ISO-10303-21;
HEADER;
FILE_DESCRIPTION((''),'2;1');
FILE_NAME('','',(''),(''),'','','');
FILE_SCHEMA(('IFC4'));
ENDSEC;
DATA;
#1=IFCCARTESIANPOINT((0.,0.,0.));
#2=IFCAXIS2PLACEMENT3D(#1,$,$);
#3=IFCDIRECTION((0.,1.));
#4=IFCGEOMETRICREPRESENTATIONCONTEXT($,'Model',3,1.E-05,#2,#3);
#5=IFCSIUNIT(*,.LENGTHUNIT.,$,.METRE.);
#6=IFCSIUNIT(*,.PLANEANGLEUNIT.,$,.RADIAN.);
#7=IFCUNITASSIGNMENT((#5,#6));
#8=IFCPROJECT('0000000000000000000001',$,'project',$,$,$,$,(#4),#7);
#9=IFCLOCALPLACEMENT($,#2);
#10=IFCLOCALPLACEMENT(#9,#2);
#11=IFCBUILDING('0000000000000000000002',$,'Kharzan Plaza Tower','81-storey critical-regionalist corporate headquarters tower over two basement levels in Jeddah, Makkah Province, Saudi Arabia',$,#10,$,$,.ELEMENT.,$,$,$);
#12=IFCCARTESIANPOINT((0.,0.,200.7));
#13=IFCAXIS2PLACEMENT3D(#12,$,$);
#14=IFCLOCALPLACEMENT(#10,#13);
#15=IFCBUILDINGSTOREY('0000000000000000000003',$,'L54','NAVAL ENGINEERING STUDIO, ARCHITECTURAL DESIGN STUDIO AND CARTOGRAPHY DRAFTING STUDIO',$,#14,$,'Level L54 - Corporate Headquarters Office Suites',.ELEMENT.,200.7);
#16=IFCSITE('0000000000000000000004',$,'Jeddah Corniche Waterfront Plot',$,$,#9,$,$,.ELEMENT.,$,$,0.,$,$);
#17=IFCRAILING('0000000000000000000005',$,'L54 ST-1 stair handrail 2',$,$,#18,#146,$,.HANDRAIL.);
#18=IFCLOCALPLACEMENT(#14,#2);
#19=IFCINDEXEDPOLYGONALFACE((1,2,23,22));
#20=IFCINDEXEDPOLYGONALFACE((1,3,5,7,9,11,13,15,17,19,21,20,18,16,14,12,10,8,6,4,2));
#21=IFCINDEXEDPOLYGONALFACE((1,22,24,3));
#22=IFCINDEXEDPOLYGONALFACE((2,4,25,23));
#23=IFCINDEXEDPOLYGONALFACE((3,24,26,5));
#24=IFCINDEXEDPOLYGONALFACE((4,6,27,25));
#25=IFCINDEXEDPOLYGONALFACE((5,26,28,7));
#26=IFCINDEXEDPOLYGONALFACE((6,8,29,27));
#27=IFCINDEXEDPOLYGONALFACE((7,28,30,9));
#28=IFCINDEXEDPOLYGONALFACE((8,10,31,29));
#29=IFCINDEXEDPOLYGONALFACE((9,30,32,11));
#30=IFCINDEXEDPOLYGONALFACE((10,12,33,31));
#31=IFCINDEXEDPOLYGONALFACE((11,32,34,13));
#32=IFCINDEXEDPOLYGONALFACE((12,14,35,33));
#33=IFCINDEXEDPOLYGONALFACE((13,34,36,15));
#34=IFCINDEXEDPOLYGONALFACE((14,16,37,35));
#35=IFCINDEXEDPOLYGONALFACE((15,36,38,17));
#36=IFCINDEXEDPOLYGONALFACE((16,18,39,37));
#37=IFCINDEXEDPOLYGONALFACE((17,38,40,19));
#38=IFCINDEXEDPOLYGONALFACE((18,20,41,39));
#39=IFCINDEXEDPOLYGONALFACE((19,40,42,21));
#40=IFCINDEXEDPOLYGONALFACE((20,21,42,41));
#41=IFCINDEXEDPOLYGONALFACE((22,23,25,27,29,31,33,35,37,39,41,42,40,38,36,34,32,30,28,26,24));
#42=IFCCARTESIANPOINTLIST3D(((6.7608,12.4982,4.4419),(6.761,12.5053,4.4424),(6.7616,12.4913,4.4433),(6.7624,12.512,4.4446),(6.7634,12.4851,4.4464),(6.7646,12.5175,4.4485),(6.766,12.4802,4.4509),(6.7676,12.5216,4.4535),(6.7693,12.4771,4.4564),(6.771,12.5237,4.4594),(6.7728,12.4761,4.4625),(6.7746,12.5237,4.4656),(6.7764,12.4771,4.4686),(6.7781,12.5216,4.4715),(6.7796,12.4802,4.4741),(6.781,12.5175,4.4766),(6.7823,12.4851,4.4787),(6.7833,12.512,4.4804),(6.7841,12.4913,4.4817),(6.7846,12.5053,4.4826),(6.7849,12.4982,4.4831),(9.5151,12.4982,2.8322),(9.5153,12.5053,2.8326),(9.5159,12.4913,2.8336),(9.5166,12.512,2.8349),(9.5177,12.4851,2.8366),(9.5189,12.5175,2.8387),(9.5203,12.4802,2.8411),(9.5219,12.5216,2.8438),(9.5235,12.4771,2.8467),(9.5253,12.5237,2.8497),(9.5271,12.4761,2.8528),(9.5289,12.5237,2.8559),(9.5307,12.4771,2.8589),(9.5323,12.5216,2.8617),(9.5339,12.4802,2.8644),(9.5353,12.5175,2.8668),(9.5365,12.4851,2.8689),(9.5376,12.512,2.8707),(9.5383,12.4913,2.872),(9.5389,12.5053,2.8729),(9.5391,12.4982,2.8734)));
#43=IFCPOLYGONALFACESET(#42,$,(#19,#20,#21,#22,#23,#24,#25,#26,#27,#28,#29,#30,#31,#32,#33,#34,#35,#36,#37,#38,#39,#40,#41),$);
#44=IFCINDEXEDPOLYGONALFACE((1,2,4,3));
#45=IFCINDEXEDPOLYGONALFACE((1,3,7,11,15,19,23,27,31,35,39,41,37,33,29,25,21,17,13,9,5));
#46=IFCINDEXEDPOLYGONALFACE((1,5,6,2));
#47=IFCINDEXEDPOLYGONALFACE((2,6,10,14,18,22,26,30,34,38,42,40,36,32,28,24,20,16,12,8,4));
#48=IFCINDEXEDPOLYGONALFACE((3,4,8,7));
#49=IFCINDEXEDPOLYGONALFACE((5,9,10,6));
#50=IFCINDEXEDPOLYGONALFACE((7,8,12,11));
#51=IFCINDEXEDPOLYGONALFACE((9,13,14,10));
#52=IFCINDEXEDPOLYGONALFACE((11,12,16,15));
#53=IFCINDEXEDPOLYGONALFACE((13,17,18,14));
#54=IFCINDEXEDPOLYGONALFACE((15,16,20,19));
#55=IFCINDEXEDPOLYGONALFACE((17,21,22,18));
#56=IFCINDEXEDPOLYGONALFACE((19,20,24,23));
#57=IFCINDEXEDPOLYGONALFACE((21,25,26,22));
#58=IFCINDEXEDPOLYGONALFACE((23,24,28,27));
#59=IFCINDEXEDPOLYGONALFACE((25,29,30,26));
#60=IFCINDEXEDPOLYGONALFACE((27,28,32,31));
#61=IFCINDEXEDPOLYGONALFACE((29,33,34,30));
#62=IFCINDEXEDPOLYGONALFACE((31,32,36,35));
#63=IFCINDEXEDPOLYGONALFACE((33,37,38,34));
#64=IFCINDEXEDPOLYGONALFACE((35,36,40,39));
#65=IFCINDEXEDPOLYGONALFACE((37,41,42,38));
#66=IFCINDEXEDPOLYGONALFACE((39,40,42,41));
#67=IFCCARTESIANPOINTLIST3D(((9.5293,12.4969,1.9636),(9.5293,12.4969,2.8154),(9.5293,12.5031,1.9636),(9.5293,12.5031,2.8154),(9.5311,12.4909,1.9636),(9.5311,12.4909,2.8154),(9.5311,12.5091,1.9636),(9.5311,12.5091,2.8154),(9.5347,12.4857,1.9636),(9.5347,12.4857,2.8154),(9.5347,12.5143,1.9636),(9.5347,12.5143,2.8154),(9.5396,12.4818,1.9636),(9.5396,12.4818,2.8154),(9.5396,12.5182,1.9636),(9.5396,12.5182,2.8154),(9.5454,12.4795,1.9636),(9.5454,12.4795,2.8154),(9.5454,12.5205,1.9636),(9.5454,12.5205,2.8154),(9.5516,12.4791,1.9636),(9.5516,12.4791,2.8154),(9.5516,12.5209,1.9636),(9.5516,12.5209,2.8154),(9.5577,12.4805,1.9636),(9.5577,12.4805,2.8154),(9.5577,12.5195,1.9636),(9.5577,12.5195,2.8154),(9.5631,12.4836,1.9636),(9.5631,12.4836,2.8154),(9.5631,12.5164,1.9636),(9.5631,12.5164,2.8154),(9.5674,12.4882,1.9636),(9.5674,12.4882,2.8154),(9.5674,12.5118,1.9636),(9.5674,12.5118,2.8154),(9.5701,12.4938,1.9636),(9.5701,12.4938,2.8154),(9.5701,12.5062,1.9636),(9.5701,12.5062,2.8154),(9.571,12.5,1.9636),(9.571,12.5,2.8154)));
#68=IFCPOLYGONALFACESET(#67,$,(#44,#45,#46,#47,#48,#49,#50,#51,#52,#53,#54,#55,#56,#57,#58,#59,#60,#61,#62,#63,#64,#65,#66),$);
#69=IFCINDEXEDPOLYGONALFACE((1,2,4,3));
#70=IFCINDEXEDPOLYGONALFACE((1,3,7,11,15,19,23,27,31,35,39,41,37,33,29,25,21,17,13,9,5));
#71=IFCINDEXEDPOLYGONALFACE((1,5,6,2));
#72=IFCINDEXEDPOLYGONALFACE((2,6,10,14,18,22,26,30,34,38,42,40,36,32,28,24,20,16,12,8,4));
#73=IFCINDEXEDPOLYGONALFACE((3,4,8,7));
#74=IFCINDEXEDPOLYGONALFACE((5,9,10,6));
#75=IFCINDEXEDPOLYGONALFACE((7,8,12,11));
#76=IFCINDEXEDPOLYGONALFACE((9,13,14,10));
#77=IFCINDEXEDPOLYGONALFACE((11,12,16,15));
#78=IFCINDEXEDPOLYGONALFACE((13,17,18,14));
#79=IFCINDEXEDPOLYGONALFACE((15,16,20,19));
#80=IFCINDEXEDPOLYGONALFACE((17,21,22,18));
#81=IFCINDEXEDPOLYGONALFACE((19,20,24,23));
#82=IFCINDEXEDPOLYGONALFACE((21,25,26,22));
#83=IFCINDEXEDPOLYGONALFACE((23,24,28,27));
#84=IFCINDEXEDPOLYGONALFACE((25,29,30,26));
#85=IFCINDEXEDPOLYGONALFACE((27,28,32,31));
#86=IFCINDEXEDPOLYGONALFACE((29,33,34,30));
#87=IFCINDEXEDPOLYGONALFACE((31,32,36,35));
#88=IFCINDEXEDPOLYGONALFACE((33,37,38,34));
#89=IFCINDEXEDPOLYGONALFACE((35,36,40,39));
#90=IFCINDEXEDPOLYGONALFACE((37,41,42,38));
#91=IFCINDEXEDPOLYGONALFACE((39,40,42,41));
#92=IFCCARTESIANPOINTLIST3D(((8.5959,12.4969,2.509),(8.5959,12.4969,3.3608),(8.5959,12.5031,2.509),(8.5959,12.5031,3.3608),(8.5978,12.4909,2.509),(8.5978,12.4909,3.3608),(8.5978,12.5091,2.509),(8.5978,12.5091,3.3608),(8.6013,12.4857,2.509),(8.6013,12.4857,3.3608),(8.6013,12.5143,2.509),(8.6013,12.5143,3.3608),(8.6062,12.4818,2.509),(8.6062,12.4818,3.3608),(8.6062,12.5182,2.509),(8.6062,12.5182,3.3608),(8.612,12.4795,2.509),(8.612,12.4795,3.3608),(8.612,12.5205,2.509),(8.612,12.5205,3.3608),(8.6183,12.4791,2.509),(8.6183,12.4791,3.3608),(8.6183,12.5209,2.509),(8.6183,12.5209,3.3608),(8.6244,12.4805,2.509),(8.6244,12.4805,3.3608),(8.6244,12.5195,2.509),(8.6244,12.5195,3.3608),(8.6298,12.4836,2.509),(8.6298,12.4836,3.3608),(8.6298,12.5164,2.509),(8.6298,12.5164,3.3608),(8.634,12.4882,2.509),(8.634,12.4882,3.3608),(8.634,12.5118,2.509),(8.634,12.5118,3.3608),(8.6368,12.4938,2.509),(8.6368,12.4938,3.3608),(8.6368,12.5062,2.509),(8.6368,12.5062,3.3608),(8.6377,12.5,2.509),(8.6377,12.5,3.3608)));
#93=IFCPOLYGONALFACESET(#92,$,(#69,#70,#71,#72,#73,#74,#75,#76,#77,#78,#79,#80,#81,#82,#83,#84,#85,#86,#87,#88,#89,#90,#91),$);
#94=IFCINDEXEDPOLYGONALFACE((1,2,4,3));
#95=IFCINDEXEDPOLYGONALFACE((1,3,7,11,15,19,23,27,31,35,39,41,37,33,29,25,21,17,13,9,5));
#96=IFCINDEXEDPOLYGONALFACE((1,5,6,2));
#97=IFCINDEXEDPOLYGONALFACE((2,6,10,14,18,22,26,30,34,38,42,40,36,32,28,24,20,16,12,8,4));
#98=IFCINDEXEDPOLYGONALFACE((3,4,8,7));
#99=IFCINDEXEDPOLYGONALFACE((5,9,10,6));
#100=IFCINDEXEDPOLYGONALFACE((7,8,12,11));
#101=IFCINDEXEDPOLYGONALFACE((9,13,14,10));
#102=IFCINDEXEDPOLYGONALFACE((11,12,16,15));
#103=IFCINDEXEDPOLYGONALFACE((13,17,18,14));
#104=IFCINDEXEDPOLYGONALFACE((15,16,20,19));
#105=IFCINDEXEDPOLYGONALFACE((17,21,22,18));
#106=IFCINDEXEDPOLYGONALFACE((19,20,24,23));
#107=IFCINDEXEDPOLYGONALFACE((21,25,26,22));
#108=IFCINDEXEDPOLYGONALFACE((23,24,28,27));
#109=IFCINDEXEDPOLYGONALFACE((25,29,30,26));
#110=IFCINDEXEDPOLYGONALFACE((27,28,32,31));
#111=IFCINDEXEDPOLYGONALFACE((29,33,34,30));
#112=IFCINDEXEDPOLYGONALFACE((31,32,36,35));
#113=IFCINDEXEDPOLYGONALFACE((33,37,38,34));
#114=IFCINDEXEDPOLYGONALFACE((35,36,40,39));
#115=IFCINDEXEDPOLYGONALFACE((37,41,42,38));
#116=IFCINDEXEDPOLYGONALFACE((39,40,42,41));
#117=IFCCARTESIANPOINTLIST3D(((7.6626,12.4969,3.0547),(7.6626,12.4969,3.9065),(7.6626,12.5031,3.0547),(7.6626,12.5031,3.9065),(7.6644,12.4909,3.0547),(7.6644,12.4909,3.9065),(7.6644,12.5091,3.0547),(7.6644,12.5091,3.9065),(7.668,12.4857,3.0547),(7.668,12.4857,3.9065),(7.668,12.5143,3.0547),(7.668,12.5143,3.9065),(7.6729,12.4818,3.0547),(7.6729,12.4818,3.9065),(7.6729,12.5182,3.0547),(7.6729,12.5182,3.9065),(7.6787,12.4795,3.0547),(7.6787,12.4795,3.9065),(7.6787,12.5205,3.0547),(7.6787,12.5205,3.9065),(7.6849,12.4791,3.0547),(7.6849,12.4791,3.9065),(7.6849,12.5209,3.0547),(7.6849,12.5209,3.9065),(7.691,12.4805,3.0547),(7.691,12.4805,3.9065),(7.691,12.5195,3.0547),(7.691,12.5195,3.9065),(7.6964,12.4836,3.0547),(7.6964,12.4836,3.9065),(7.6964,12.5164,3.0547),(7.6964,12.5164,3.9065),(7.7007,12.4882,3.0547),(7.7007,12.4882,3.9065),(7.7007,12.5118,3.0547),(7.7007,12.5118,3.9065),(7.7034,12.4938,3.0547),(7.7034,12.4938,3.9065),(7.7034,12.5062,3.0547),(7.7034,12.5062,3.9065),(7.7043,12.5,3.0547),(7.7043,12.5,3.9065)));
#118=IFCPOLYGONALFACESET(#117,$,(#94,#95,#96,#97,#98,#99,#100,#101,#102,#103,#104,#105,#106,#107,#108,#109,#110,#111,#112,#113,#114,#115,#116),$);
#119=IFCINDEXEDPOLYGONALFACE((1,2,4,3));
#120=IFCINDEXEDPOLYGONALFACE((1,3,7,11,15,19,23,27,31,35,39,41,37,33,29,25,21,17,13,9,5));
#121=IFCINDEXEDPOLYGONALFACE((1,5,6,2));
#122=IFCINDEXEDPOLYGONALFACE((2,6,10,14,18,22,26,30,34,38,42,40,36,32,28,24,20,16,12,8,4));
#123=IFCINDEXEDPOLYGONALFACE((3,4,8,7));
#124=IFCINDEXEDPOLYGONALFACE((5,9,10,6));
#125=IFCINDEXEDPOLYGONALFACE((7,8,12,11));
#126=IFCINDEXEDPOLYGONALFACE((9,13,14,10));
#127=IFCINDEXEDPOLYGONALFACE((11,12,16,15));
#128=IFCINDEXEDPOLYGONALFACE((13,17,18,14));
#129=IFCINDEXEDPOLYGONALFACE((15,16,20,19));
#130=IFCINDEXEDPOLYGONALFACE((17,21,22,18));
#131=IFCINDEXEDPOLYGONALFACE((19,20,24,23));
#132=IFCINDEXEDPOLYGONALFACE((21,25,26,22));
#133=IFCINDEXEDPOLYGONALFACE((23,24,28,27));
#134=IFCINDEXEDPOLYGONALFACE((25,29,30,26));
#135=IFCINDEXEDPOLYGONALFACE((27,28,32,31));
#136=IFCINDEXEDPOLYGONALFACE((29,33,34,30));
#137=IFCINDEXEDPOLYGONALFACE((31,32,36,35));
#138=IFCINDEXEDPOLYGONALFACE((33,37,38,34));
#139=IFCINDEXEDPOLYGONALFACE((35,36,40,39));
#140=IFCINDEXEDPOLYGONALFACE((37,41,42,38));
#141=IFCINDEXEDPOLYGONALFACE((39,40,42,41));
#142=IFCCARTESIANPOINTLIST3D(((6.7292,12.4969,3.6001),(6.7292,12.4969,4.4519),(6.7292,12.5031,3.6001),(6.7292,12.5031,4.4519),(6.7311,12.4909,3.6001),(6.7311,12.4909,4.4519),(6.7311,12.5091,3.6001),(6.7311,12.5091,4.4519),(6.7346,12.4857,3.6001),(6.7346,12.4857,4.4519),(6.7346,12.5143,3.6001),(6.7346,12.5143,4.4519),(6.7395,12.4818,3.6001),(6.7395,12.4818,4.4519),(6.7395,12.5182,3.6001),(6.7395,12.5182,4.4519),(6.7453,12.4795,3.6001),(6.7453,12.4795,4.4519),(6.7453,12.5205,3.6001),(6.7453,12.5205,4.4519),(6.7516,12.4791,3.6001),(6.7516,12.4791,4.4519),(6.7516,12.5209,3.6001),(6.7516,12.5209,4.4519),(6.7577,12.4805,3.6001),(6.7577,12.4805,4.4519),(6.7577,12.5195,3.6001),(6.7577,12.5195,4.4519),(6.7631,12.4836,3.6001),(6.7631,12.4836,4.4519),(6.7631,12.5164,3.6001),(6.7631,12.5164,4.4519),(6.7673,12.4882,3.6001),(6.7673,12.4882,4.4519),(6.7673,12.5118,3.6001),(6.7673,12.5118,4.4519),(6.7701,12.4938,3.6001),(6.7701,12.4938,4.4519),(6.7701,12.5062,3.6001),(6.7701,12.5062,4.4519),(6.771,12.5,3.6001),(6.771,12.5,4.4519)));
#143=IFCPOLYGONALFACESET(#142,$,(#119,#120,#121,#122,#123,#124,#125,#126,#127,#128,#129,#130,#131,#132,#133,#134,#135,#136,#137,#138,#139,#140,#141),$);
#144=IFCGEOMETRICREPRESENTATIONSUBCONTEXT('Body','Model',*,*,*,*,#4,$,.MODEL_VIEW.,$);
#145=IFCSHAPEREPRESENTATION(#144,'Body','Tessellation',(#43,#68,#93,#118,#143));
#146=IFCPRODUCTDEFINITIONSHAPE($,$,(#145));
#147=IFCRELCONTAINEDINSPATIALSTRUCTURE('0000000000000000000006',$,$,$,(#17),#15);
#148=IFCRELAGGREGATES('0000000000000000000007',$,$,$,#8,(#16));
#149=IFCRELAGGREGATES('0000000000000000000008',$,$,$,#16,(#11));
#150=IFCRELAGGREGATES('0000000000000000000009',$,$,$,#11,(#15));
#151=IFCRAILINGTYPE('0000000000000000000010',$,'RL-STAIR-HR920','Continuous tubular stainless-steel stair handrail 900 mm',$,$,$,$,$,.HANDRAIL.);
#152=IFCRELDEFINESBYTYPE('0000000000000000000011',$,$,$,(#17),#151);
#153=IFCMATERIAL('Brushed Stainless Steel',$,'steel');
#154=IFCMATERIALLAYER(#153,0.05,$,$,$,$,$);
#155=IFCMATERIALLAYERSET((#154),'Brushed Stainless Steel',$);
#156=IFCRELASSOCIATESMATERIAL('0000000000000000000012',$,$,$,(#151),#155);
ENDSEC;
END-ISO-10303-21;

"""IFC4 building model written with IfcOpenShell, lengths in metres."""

from ifc_helpers import new_model, si_unit, direction, frame, origin, origin_2d, place, context, subcontext, project, spatial, circle, extrude, source, transform, mapped, material, layer, layer_set, type_object, element, save


model = new_model("IFC4")

# Units and contexts
model_context = context("Model", 3, precision=1e-05, world=origin(), true_north=direction((0.0, 1.0)))
body_context = subcontext(model_context, "Body", "Model", "MODEL_VIEW")
ifc_project = project(units=[si_unit("LENGTHUNIT", "METRE"), si_unit("PLANEANGLEUNIT", "RADIAN")], contexts=[model_context])

# Site, building, storey
site_placement = place(None, origin())
site = spatial("IfcSite", under=ifc_project, at=site_placement, Name="Jeddah Corniche Waterfront Plot", CompositionType="ELEMENT", RefElevation=0.0)
building_placement = place(site_placement, origin())
building = spatial("IfcBuilding", under=site, at=building_placement, Name="Kharzan Plaza Tower", Description="81-storey critical-regionalist corporate headquarters tower over two basement levels in Jeddah, Makkah Province, Saudi Arabia", CompositionType="ELEMENT")
storey_placement = place(building_placement, frame((0.0, 0.0, 200.7)))
storey = spatial("IfcBuildingStorey", under=building, at=storey_placement, Name="L54", Description="NAVAL ENGINEERING STUDIO, ARCHITECTURAL DESIGN STUDIO AND CARTOGRAPHY DRAFTING STUDIO", LongName="Level L54 - Corporate Headquarters Office Suites", CompositionType="ELEMENT", Elevation=200.7)

# Shared definitions
ifc_material_1 = material(Name="Brushed Stainless Steel", Category="steel")

# Railing
ifc_layer_1 = layer(ifc_material_1, 0.05)
ifc_layer_set_1 = layer_set([ifc_layer_1], Name="Brushed Stainless Steel")
railing_type_1 = type_object("IfcRailingType", Name="RL-STAIR-HR920", Description="Continuous tubular stainless-steel stair handrail 900 mm", PredefinedType="HANDRAIL", material=ifc_layer_set_1)
shared_shape_1 = source(origin(), body_context, "Body", "SweptSolid", [
    extrude(circle(Radius=0.0239, at=origin_2d()), frame((-0.0229, 0.0, 0.8892), z_axis=(-0.863361, 0.0, 0.504587), x_axis=(0.0, -1.0, 0.0)), (0.0, 0.0, 1.0), 3.1902),
    extrude(circle(Radius=0.021, at=origin_2d()), origin(), (0.0, 0.0, 1.0), 0.8518),
    extrude(circle(Radius=0.021, at=origin_2d()), frame((-0.9333, 0.0, 0.5454)), (0.0, 0.0, 1.0), 0.8518),
    extrude(circle(Radius=0.021, at=origin_2d()), frame((-1.8667, 0.0, 1.0911)), (0.0, 0.0, 1.0), 0.8518),
    extrude(circle(Radius=0.021, at=origin_2d()), frame((-2.8, 0.0, 1.6365)), (0.0, 0.0, 1.0), 0.8518),
])
railing_1_placement = place(storey_placement, frame((9.55, 12.5, 1.9636)))
element("IfcRailing", 1, at=railing_1_placement, inside=storey, type_object=railing_type_1, Name="L54 ST-1 stair handrail 2", PredefinedType="HANDRAIL", context=body_context, shape_type="MappedRepresentation", body=[
    mapped(shared_shape_1, transform((0.0, 0.0, 0.0), x_axis=(1.0, 0.0, 0.0), y_axis=(0.0, 1.0, 0.0), z_axis=(0.0, 0.0, 1.0))),
])

save(model, "model.ifc")
